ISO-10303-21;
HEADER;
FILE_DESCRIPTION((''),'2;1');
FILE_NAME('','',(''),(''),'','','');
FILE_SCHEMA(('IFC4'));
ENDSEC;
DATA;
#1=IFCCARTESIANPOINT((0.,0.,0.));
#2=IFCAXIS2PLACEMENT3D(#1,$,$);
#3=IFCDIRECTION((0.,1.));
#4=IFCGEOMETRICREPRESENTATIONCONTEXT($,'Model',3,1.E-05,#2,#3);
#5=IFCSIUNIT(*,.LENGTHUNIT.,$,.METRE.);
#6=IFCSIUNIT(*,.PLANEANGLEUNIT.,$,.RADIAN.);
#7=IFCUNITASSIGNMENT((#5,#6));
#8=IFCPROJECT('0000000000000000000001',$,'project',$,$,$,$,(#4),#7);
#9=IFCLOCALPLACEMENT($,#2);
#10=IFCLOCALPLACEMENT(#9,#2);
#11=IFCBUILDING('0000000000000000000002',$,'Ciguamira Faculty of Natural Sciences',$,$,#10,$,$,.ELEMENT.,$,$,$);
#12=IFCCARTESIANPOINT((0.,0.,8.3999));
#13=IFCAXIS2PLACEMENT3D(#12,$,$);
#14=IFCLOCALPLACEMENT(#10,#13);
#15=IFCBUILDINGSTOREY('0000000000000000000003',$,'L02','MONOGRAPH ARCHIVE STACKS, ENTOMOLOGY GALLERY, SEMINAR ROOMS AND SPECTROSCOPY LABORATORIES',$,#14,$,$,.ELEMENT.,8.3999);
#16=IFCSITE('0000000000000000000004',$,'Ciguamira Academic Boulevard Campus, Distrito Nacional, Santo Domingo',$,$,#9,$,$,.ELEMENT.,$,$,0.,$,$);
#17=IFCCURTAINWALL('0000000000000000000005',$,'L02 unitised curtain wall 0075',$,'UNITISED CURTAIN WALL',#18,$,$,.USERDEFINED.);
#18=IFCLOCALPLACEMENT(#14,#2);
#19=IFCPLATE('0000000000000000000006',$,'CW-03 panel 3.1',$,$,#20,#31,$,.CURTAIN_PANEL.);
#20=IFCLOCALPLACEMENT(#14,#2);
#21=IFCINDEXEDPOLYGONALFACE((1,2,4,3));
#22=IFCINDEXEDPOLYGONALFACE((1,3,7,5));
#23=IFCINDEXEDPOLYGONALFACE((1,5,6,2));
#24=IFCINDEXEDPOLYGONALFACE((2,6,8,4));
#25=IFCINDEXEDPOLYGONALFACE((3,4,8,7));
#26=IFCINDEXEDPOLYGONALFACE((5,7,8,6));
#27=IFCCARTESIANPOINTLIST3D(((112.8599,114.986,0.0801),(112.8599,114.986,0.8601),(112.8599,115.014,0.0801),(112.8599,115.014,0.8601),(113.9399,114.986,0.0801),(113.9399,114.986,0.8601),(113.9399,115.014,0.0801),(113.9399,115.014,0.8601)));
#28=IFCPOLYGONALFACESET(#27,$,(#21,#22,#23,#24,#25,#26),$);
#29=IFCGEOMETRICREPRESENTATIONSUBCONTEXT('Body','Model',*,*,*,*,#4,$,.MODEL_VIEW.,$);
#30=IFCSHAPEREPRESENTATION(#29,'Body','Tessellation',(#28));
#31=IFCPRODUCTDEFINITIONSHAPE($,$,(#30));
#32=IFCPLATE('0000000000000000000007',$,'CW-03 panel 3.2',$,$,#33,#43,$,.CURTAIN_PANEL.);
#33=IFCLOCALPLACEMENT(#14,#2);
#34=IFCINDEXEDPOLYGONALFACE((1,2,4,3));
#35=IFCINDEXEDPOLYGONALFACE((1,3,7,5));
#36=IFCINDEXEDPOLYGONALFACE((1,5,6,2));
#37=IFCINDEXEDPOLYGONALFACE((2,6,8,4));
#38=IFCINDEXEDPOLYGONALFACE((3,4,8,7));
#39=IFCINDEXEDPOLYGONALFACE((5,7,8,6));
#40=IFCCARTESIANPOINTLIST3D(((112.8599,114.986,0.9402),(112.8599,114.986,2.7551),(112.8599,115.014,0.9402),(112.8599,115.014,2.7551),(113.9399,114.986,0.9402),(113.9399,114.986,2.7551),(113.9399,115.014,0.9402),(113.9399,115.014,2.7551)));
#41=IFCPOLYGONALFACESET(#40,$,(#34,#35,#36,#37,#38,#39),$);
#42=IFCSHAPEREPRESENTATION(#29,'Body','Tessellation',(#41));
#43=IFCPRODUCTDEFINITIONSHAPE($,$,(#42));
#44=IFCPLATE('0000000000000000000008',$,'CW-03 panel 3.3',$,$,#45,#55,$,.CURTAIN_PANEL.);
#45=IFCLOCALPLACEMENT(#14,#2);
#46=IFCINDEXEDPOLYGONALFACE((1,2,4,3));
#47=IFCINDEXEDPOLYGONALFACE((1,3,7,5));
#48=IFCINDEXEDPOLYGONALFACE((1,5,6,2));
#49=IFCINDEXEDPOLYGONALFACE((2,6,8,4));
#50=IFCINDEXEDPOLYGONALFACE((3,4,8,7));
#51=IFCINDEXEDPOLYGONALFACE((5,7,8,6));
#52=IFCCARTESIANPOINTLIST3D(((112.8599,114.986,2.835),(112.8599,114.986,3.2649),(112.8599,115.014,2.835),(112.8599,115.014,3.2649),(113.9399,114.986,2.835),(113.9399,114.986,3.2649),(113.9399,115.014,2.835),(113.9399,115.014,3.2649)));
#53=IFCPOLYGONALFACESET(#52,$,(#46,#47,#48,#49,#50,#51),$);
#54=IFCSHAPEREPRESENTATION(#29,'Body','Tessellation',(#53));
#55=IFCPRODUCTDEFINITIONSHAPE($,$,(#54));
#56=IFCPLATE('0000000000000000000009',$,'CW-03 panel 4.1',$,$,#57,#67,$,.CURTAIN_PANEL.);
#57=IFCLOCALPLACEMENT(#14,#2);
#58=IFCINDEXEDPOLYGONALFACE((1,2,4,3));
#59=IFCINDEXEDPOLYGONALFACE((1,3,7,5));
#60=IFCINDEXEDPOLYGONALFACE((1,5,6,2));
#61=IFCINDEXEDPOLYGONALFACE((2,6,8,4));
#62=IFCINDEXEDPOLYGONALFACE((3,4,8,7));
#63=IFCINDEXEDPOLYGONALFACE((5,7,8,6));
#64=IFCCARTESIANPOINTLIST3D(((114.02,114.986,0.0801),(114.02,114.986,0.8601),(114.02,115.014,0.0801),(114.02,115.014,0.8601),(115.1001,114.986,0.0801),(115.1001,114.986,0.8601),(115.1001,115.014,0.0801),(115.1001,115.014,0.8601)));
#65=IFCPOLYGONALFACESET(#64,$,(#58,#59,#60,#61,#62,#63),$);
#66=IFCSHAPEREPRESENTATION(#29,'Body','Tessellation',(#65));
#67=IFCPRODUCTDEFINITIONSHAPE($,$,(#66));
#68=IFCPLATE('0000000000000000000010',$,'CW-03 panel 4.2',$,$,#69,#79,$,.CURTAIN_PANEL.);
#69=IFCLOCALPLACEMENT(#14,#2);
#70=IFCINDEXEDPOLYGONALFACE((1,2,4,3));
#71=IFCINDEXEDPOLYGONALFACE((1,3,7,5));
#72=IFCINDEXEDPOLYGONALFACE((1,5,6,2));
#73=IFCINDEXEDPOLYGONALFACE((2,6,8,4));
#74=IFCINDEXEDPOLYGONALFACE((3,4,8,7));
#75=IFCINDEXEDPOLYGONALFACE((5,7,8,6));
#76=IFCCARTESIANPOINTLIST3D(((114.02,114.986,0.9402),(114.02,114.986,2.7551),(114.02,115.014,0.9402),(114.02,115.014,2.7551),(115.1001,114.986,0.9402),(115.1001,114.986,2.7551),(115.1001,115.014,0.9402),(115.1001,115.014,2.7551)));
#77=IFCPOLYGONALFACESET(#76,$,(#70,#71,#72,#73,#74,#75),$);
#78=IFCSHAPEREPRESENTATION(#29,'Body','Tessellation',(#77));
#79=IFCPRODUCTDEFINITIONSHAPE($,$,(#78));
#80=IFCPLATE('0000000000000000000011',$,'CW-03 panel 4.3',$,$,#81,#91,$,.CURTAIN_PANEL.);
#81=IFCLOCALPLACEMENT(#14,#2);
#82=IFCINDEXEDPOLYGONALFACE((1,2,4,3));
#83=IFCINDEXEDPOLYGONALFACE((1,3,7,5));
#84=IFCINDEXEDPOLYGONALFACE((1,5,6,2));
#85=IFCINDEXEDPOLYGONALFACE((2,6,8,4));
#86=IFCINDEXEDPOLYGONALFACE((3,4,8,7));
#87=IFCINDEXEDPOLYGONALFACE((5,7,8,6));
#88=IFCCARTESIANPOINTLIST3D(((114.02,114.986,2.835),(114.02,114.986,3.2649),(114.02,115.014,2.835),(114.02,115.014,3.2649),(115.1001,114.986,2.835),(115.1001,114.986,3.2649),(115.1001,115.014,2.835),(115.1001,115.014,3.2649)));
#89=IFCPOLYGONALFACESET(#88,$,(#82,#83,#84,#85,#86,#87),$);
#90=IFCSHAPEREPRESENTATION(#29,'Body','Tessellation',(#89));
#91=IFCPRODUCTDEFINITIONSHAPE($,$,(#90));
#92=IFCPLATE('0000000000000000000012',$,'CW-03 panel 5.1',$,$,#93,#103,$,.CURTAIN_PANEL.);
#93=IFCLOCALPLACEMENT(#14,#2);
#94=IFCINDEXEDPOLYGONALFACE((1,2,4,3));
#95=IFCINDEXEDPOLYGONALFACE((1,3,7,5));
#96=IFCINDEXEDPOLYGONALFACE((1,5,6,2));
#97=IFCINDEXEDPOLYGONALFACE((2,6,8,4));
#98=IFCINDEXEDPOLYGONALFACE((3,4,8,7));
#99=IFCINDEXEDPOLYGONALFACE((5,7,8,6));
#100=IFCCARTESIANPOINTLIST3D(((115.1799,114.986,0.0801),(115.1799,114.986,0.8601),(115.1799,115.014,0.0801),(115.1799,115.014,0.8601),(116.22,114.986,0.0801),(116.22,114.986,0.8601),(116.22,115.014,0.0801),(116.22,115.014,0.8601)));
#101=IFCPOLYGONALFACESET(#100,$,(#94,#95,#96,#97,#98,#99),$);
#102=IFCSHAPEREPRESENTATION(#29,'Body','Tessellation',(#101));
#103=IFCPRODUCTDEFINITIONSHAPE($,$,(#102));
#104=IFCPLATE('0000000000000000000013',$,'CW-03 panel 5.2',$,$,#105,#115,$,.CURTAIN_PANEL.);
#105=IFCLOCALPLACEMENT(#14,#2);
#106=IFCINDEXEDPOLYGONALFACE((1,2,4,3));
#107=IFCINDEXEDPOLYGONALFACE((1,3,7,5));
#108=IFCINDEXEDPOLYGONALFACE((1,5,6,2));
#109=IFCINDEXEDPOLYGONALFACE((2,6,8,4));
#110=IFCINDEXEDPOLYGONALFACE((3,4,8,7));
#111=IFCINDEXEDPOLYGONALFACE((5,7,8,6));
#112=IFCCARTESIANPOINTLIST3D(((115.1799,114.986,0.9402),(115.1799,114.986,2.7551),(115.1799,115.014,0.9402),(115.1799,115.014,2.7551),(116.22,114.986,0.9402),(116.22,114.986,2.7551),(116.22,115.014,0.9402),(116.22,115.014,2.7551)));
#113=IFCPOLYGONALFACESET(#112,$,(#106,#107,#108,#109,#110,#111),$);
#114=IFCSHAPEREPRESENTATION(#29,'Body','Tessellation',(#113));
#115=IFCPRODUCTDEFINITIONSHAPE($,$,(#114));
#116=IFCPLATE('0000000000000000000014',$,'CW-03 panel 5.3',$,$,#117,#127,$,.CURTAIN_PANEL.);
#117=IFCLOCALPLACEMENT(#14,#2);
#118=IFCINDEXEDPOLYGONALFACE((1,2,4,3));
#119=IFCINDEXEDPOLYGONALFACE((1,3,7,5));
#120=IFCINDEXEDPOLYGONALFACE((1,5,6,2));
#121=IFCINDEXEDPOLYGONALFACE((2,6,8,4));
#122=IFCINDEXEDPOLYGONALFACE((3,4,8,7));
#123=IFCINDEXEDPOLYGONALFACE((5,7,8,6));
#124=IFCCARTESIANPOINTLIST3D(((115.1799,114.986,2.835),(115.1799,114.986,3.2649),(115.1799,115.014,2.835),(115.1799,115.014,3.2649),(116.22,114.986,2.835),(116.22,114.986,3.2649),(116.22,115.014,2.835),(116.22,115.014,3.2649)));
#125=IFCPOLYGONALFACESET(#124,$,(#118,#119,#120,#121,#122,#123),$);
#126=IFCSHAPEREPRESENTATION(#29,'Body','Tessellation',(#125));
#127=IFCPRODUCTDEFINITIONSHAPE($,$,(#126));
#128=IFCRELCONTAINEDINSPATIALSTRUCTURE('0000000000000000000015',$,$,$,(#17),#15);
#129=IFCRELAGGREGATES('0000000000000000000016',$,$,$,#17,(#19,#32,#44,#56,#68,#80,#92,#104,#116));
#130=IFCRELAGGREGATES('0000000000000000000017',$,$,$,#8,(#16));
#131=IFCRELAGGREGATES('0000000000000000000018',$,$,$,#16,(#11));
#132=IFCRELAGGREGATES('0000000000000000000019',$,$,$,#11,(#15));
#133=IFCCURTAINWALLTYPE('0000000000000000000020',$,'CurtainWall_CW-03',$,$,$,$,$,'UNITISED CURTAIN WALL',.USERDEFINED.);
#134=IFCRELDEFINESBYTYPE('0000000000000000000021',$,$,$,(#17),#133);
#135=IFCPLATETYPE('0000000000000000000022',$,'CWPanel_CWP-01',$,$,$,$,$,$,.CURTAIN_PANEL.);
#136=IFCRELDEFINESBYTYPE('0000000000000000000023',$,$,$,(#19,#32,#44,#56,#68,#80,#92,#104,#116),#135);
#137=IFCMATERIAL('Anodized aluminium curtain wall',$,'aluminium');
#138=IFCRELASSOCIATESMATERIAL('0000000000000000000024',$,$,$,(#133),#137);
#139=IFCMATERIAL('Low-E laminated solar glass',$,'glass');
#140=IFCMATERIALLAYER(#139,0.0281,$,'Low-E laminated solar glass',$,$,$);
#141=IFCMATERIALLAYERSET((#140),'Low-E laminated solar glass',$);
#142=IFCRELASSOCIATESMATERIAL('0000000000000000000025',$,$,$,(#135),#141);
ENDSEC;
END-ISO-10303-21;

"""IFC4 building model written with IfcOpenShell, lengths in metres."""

from ifc_helpers import new_model, si_unit, direction, frame, origin, origin_2d, place, context, subcontext, project, spatial, rectangle, extrude, material, layer, layer_set, type_object, element, aggregate, save


model = new_model("IFC4")

# Units and contexts
model_context = context("Model", 3, precision=1e-05, world=origin(), true_north=direction((0.0, 1.0)))
body_context = subcontext(model_context, "Body", "Model", "MODEL_VIEW")
ifc_project = project(units=[si_unit("LENGTHUNIT", "METRE"), si_unit("PLANEANGLEUNIT", "RADIAN")], contexts=[model_context])

# Site, building, storey
site_placement = place(None, origin())
site = spatial("IfcSite", under=ifc_project, at=site_placement, Name="Ciguamira Academic Boulevard Campus, Distrito Nacional, Santo Domingo", CompositionType="ELEMENT", RefElevation=0.0)
building_placement = place(site_placement, origin())
building = spatial("IfcBuilding", under=site, at=building_placement, Name="Ciguamira Faculty of Natural Sciences", CompositionType="ELEMENT")
storey_placement = place(building_placement, frame((0.0, 0.0, 8.3999)))
storey = spatial("IfcBuildingStorey", under=building, at=storey_placement, Name="L02", Description="MONOGRAPH ARCHIVE STACKS, ENTOMOLOGY GALLERY, SEMINAR ROOMS AND SPECTROSCOPY LABORATORIES", CompositionType="ELEMENT", Elevation=8.3999)

# Curtain wall, plates
ifc_material_1 = material(Name="Anodized aluminium curtain wall", Category="aluminium")
curtain_wall_type = type_object("IfcCurtainWallType", Name="CurtainWall_CW-03", ElementType="UNITISED CURTAIN WALL", PredefinedType="USERDEFINED", material=ifc_material_1)
curtain_wall_placement = place(storey_placement, origin())
curtain_wall = element("IfcCurtainWall", 1, at=curtain_wall_placement, inside=storey, type_object=curtain_wall_type, Name="L02 unitised curtain wall 0075", ObjectType="UNITISED CURTAIN WALL", PredefinedType="USERDEFINED")
ifc_material_2 = material(Name="Low-E laminated solar glass", Category="glass")
ifc_layer = layer(ifc_material_2, 0.0281, Name="Low-E laminated solar glass")
ifc_layer_set = layer_set([ifc_layer], Name="Low-E laminated solar glass")
plate_type = type_object("IfcPlateType", Name="CWPanel_CWP-01", PredefinedType="CURTAIN_PANEL", material=ifc_layer_set)
plate_1_placement = place(storey_placement, frame((113.3999, 115.0, 0.0801), z_axis=(0.0, 0.0, 1.0), x_axis=(1.0, 0.0, 0.0)))
plate_1 = element("IfcPlate", 2, at=plate_1_placement, type_object=plate_type, Name="CW-03 panel 3.1", PredefinedType="CURTAIN_PANEL", context=body_context, shape_type="SweptSolid", body=[
    extrude(rectangle(XDim=1.0801, YDim=0.0281, at=origin_2d()), origin(), (0.0, 0.0, 1.0), 0.78),
])
plate_2_placement = place(storey_placement, frame((113.3999, 115.0, 0.9402), z_axis=(0.0, 0.0, 1.0), x_axis=(1.0, 0.0, 0.0)))
plate_2 = element("IfcPlate", 3, at=plate_2_placement, type_object=plate_type, Name="CW-03 panel 3.2", PredefinedType="CURTAIN_PANEL", context=body_context, shape_type="SweptSolid", body=[
    extrude(rectangle(XDim=1.0801, YDim=0.0281, at=origin_2d()), origin(), (0.0, 0.0, 1.0), 1.8149),
])
plate_3_placement = place(storey_placement, frame((113.3999, 115.0, 2.835), z_axis=(0.0, 0.0, 1.0), x_axis=(1.0, 0.0, 0.0)))
plate_3 = element("IfcPlate", 4, at=plate_3_placement, type_object=plate_type, Name="CW-03 panel 3.3", PredefinedType="CURTAIN_PANEL", context=body_context, shape_type="SweptSolid", body=[
    extrude(rectangle(XDim=1.0801, YDim=0.0281, at=origin_2d()), origin(), (0.0, 0.0, 1.0), 0.4299),
])
plate_4_placement = place(storey_placement, frame((114.5601, 115.0, 0.0801), z_axis=(0.0, 0.0, 1.0), x_axis=(1.0, 0.0, 0.0)))
plate_4 = element("IfcPlate", 5, at=plate_4_placement, type_object=plate_type, Name="CW-03 panel 4.1", PredefinedType="CURTAIN_PANEL", context=body_context, shape_type="SweptSolid", body=[
    extrude(rectangle(XDim=1.0801, YDim=0.0281, at=origin_2d()), origin(), (0.0, 0.0, 1.0), 0.78),
])
plate_5_placement = place(storey_placement, frame((114.5601, 115.0, 0.9402), z_axis=(0.0, 0.0, 1.0), x_axis=(1.0, 0.0, 0.0)))
plate_5 = element("IfcPlate", 6, at=plate_5_placement, type_object=plate_type, Name="CW-03 panel 4.2", PredefinedType="CURTAIN_PANEL", context=body_context, shape_type="SweptSolid", body=[
    extrude(rectangle(XDim=1.0801, YDim=0.0281, at=origin_2d()), origin(), (0.0, 0.0, 1.0), 1.8149),
])
plate_6_placement = place(storey_placement, frame((114.5601, 115.0, 2.835), z_axis=(0.0, 0.0, 1.0), x_axis=(1.0, 0.0, 0.0)))
plate_6 = element("IfcPlate", 7, at=plate_6_placement, type_object=plate_type, Name="CW-03 panel 4.3", PredefinedType="CURTAIN_PANEL", context=body_context, shape_type="SweptSolid", body=[
    extrude(rectangle(XDim=1.0801, YDim=0.0281, at=origin_2d()), origin(), (0.0, 0.0, 1.0), 0.4299),
])
plate_7_placement = place(storey_placement, frame((115.7, 115.0, 0.0801), z_axis=(0.0, 0.0, 1.0), x_axis=(1.0, 0.0, 0.0)))
plate_7 = element("IfcPlate", 8, at=plate_7_placement, type_object=plate_type, Name="CW-03 panel 5.1", PredefinedType="CURTAIN_PANEL", context=body_context, shape_type="SweptSolid", body=[
    extrude(rectangle(XDim=1.04, YDim=0.0281, at=origin_2d()), origin(), (0.0, 0.0, 1.0), 0.78),
])
plate_8_placement = place(storey_placement, frame((115.7, 115.0, 0.9402), z_axis=(0.0, 0.0, 1.0), x_axis=(1.0, 0.0, 0.0)))
plate_8 = element("IfcPlate", 9, at=plate_8_placement, type_object=plate_type, Name="CW-03 panel 5.2", PredefinedType="CURTAIN_PANEL", context=body_context, shape_type="SweptSolid", body=[
    extrude(rectangle(XDim=1.04, YDim=0.0281, at=origin_2d()), origin(), (0.0, 0.0, 1.0), 1.8149),
])
plate_9_placement = place(storey_placement, frame((115.7, 115.0, 2.835), z_axis=(0.0, 0.0, 1.0), x_axis=(1.0, 0.0, 0.0)))
plate_9 = element("IfcPlate", 10, at=plate_9_placement, type_object=plate_type, Name="CW-03 panel 5.3", PredefinedType="CURTAIN_PANEL", context=body_context, shape_type="SweptSolid", body=[
    extrude(rectangle(XDim=1.04, YDim=0.0281, at=origin_2d()), origin(), (0.0, 0.0, 1.0), 0.4299),
])
aggregate(curtain_wall, [plate_1, plate_2, plate_3, plate_4, plate_5, plate_6, plate_7, plate_8, plate_9])

save(model, "model.ifc")
